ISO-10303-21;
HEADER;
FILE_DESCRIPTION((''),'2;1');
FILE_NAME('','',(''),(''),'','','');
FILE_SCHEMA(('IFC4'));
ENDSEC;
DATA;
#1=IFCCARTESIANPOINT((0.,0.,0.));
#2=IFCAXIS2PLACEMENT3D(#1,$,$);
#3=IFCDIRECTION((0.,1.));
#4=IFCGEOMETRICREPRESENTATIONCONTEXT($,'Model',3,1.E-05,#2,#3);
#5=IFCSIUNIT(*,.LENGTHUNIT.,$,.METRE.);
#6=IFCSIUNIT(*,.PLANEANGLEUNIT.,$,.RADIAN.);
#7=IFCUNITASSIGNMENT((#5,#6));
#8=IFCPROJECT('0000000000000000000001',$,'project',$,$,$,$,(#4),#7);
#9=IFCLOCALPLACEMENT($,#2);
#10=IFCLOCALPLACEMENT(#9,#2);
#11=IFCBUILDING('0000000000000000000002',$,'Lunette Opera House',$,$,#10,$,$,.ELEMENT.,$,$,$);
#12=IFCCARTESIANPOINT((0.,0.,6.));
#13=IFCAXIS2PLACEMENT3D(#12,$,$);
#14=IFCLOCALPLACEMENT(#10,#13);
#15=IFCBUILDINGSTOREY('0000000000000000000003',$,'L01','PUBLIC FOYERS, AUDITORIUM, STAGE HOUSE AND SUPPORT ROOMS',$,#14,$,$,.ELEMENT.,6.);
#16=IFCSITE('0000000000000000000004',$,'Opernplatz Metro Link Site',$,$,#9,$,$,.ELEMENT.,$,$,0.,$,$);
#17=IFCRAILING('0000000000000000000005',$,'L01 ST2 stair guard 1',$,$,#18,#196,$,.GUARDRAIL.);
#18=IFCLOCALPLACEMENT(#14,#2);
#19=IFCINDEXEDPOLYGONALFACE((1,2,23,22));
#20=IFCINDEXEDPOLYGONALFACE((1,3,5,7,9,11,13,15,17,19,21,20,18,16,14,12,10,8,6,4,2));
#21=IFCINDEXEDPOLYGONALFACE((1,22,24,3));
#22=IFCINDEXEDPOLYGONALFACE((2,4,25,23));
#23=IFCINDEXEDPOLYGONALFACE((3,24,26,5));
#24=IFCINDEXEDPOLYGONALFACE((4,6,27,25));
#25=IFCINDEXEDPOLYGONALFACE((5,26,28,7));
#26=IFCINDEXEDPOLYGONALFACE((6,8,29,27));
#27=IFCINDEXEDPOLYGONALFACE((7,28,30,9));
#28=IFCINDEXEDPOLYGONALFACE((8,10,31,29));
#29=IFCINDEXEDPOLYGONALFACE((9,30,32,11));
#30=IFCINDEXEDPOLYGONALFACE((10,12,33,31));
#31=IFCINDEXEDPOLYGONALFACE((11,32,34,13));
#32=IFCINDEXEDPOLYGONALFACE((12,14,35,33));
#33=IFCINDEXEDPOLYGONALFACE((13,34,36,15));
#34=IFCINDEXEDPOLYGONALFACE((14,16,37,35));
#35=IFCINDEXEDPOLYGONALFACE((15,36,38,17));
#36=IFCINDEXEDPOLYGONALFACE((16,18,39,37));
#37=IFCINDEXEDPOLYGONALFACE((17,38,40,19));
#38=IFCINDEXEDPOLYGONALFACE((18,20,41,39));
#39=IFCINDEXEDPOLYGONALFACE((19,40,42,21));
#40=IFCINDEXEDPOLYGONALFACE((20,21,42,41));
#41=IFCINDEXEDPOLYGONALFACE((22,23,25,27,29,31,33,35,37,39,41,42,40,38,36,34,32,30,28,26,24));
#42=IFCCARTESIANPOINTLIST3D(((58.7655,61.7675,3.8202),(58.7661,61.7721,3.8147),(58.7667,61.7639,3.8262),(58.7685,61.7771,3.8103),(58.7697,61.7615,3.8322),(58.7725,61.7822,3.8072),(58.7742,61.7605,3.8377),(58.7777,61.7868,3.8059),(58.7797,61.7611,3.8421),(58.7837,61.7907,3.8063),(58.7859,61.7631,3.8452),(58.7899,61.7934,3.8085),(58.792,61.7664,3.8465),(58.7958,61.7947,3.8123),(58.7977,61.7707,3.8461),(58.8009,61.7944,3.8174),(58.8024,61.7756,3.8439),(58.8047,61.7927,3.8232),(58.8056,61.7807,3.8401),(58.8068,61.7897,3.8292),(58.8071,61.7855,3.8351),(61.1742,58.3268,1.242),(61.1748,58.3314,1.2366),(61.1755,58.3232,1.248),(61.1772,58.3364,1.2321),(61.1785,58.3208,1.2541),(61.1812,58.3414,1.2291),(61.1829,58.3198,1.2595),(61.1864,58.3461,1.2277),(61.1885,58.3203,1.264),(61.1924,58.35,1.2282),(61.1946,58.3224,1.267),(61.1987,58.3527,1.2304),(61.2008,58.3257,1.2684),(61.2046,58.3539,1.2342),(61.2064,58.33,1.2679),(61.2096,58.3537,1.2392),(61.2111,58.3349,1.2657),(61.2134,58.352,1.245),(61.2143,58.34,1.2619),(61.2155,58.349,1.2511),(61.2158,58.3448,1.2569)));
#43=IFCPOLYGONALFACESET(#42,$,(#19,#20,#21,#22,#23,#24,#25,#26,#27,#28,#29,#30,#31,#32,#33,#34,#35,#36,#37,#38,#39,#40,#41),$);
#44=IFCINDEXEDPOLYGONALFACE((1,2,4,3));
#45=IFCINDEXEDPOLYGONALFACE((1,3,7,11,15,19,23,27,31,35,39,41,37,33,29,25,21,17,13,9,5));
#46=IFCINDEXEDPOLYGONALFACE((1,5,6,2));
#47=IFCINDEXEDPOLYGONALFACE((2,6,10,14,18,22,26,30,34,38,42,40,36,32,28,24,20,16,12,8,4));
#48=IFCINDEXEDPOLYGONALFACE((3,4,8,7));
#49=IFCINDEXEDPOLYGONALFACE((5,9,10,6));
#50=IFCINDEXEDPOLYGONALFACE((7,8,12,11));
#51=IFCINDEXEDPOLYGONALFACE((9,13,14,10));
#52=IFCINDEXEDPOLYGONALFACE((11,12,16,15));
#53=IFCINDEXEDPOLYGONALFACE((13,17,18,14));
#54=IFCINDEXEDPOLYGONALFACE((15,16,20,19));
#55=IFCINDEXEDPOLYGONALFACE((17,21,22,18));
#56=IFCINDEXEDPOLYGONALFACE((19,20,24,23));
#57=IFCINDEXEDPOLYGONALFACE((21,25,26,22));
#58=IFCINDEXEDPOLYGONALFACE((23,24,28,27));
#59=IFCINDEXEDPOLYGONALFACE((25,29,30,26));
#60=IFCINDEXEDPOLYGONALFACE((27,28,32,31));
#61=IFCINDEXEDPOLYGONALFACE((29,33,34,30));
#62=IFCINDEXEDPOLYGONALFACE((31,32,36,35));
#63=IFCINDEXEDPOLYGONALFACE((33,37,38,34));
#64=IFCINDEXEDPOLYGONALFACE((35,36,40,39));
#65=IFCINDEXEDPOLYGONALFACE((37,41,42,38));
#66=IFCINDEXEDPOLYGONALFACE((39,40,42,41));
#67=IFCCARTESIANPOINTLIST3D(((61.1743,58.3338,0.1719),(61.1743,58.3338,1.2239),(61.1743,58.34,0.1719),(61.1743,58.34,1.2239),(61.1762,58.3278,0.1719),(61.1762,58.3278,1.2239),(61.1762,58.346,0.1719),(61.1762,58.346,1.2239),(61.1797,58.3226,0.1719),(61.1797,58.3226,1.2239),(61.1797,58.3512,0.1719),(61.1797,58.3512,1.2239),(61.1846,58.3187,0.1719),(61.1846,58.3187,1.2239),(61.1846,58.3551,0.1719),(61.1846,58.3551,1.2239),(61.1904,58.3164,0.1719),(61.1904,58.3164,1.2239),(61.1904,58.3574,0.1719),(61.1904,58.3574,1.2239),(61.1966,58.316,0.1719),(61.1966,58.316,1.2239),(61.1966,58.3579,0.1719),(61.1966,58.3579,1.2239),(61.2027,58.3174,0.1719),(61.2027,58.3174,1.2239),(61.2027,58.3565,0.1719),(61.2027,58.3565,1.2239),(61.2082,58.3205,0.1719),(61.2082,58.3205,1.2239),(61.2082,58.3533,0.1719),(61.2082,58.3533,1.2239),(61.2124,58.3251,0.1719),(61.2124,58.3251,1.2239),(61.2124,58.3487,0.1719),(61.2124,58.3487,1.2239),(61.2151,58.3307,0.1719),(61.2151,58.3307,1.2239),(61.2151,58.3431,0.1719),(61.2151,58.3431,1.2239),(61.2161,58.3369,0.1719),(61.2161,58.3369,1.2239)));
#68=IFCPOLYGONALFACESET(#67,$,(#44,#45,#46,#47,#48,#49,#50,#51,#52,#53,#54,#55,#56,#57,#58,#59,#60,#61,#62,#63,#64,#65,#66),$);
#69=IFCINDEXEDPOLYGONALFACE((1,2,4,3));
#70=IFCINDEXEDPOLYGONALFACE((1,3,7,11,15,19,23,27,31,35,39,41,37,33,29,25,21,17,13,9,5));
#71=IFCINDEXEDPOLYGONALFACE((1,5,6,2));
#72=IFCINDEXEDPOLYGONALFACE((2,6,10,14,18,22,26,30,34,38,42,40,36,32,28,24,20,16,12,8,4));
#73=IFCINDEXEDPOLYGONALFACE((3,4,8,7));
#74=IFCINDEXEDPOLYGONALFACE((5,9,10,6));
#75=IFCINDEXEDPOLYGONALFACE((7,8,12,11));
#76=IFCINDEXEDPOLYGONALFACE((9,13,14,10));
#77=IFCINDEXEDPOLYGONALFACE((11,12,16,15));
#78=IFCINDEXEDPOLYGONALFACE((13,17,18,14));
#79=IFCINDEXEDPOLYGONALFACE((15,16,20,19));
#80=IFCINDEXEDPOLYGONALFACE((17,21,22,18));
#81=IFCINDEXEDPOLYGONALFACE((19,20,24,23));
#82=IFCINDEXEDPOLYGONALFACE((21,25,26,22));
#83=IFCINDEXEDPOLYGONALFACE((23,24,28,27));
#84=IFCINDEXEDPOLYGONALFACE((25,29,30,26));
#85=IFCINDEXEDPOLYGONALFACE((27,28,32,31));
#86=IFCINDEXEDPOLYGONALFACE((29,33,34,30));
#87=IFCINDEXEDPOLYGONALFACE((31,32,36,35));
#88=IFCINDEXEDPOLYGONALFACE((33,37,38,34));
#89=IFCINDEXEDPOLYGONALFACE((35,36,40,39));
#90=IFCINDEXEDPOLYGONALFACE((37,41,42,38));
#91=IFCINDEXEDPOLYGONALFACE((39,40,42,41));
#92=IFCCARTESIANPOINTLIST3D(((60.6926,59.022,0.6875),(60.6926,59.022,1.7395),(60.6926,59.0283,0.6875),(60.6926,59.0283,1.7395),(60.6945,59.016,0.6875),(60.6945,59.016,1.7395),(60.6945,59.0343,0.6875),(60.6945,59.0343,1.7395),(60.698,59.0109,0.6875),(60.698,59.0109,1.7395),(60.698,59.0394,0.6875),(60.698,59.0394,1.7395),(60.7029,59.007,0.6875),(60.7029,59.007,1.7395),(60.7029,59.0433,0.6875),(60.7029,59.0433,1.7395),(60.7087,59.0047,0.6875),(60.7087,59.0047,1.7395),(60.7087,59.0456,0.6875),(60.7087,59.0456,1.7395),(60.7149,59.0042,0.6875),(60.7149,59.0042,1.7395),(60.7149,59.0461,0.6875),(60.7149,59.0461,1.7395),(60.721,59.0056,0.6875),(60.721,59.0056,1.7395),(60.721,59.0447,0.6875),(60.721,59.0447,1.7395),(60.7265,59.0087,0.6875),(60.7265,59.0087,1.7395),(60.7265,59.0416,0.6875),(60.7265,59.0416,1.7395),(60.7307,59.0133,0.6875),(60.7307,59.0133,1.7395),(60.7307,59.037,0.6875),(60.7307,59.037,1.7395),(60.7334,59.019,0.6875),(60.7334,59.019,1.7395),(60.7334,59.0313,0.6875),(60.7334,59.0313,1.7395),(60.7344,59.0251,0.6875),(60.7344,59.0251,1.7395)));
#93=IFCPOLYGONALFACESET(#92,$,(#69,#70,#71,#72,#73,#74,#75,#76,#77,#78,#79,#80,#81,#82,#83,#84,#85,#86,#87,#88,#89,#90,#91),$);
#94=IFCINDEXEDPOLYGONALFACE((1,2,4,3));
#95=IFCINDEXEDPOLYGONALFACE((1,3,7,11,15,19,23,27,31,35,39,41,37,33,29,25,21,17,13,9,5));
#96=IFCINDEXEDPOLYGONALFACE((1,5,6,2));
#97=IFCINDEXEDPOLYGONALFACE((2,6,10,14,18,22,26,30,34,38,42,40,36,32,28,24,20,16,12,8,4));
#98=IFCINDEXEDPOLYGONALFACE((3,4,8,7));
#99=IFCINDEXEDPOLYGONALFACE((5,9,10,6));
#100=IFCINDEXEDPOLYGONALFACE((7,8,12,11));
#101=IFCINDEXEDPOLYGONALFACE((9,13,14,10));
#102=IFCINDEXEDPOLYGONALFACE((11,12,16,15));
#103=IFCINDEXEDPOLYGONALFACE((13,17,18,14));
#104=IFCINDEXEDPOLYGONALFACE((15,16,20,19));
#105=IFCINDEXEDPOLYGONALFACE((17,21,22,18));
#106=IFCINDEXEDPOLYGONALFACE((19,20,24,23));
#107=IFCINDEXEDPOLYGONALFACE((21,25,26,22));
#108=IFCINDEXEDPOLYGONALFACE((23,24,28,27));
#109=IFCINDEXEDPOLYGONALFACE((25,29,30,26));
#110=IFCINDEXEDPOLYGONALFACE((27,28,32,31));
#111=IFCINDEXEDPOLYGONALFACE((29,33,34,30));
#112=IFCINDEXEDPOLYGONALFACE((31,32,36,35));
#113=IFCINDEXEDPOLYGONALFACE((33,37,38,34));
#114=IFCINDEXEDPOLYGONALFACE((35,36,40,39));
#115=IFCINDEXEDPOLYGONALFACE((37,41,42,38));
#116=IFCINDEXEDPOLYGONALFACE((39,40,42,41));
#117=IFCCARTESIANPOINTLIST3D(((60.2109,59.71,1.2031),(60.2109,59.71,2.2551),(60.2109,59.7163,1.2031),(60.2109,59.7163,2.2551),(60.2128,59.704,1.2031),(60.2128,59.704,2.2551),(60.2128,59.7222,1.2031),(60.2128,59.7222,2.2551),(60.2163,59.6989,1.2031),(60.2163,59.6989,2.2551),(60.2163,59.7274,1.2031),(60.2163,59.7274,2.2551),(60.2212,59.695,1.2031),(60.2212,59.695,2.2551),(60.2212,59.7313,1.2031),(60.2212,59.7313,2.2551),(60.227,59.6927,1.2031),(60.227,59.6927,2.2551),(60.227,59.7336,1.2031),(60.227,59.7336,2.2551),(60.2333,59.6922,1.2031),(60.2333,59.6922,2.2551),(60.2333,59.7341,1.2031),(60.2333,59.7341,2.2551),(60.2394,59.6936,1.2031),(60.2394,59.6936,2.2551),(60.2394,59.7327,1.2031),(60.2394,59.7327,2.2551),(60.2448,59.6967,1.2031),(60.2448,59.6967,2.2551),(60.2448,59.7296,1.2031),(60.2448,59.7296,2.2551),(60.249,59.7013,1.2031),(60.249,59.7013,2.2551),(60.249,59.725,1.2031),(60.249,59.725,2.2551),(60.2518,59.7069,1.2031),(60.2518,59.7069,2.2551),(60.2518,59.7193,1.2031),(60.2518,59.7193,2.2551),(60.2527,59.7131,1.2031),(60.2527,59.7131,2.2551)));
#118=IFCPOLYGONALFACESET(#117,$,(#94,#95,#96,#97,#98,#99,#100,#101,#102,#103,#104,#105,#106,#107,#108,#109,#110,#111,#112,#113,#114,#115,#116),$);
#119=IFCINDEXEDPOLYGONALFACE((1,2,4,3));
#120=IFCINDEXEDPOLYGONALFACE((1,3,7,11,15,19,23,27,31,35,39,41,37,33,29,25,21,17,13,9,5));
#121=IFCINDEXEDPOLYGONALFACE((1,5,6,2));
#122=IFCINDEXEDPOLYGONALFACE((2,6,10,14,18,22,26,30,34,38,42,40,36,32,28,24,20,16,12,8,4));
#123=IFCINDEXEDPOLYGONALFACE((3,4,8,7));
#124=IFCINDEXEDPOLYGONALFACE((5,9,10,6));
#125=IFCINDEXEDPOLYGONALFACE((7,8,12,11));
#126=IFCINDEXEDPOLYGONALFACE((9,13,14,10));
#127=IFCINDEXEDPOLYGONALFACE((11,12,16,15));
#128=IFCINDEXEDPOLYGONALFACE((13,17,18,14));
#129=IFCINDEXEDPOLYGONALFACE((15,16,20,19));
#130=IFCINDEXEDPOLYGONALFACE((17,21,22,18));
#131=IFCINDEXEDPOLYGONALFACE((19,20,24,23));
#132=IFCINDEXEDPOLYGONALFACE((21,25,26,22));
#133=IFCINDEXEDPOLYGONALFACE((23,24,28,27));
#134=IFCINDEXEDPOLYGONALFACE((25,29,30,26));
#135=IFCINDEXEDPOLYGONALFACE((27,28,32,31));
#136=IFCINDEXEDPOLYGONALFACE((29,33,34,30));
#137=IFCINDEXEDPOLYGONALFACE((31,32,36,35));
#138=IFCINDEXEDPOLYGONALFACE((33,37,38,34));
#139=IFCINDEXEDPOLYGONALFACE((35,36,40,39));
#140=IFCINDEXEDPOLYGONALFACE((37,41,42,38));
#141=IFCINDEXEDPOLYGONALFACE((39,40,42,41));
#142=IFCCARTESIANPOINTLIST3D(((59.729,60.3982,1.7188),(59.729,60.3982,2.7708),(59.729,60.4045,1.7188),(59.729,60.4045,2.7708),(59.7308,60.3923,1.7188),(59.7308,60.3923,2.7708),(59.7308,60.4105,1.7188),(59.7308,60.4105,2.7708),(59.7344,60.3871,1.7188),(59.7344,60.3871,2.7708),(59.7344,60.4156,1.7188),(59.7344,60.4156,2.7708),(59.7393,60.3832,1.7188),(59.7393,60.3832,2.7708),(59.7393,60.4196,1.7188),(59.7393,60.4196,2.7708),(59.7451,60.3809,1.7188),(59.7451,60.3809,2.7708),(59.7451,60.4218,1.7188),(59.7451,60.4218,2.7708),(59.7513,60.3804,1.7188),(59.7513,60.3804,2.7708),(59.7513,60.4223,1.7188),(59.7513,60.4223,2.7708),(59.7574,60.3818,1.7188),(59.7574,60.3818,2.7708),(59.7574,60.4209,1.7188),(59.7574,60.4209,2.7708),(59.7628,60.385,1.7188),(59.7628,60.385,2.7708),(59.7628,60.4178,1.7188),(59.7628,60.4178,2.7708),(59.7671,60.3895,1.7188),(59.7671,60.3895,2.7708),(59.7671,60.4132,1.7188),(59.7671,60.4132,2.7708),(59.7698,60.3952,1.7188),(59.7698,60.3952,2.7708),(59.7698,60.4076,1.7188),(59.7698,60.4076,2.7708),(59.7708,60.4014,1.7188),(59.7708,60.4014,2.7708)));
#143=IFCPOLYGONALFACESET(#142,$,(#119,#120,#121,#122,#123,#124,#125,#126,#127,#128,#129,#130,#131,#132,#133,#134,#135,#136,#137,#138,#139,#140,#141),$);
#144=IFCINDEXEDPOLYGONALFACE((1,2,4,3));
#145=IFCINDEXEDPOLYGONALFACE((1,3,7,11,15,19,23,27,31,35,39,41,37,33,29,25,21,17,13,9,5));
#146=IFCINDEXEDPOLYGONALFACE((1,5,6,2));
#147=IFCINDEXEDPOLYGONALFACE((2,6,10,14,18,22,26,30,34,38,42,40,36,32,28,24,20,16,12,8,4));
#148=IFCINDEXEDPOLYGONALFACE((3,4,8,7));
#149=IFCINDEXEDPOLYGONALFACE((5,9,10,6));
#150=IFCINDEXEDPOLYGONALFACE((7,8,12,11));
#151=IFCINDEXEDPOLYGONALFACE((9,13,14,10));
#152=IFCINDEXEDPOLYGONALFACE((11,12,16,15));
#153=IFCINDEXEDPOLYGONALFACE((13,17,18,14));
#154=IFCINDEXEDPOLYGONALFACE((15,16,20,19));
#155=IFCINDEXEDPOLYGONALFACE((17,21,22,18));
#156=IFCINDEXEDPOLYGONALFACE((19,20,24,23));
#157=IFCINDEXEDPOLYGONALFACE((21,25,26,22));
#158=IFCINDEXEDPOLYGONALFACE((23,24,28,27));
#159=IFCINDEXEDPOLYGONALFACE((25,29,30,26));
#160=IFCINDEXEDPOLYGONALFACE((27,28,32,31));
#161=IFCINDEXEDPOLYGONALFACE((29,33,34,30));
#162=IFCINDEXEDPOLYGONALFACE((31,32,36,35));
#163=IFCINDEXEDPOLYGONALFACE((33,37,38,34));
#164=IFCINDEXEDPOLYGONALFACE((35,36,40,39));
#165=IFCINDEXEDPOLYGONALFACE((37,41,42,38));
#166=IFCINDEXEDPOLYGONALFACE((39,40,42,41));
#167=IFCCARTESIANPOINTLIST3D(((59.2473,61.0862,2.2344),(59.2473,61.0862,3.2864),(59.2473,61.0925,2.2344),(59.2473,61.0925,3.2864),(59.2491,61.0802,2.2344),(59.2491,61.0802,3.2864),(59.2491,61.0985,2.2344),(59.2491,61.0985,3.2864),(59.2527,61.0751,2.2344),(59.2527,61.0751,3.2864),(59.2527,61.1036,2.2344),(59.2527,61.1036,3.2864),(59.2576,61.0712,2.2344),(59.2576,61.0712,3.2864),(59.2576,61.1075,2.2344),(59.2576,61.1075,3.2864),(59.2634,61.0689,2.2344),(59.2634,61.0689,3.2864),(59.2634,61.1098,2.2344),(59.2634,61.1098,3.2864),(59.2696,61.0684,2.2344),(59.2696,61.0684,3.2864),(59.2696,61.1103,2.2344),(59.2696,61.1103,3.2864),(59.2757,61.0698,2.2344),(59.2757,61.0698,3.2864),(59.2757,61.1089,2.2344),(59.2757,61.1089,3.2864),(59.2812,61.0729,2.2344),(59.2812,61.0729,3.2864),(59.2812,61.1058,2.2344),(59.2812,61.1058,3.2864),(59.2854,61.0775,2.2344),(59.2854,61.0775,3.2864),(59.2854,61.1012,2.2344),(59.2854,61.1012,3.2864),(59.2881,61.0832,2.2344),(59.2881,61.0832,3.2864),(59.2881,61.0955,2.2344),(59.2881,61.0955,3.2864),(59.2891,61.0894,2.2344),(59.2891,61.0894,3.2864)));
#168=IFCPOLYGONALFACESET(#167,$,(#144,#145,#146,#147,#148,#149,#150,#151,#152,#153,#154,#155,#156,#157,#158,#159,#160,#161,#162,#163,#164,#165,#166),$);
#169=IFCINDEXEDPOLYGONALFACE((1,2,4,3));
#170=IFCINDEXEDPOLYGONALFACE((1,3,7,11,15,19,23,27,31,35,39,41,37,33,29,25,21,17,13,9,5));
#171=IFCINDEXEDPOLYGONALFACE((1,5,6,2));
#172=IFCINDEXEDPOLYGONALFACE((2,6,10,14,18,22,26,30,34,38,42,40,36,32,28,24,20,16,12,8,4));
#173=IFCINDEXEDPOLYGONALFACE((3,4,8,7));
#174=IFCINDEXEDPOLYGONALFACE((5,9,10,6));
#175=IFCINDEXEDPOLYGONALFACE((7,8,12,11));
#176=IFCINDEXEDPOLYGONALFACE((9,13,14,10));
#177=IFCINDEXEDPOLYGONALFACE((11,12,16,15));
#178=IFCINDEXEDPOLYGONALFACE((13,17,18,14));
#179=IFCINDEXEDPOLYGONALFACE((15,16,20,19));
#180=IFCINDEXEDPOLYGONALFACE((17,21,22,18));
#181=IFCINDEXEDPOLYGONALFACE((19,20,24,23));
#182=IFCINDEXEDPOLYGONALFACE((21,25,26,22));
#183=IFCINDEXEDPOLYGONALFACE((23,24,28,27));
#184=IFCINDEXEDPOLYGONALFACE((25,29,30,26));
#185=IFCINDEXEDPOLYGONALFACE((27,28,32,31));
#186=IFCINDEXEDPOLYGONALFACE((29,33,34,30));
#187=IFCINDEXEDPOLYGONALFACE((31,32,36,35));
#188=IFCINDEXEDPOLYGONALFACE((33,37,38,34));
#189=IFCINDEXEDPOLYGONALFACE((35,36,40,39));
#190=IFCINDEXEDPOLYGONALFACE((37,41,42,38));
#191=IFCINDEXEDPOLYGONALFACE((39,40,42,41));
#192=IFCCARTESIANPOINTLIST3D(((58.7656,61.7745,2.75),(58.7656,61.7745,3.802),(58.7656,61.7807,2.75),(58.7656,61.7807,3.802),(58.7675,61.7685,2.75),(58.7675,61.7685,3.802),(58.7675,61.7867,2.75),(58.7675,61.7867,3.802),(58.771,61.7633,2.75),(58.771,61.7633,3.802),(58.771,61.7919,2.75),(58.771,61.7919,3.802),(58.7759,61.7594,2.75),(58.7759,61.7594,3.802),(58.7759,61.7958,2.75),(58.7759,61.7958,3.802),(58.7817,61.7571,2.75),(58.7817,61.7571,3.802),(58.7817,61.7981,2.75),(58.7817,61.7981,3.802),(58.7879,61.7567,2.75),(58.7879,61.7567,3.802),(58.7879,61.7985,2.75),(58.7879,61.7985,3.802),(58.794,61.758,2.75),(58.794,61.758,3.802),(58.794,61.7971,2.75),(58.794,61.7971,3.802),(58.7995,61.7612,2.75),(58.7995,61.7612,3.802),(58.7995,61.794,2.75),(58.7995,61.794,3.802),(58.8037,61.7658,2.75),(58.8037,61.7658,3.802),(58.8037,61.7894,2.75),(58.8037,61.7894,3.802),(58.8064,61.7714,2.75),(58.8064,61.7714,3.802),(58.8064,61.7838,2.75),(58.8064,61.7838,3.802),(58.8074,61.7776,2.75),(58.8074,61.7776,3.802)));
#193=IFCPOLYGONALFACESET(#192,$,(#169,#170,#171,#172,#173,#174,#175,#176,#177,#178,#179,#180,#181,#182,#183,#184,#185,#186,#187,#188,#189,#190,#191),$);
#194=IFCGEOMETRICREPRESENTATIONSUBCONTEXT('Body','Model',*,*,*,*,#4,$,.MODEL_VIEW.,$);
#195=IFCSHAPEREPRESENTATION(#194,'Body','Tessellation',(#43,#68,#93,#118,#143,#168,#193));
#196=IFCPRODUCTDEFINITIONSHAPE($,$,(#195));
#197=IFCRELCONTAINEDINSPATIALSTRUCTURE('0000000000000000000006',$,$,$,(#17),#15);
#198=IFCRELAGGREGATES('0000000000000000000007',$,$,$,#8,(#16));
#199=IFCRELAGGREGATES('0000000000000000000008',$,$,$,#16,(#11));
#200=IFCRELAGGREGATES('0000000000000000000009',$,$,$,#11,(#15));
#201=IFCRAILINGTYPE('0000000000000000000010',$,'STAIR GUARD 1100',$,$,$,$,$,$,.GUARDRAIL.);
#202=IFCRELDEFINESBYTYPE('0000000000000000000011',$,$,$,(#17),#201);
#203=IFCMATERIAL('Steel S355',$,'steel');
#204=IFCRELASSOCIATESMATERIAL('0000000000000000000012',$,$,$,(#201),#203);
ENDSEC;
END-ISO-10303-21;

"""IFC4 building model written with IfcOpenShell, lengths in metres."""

from ifc_helpers import new_model, si_unit, direction, frame, origin, origin_2d, place, context, subcontext, project, spatial, circle, extrude, material, type_object, element, save


model = new_model("IFC4")

# Units and contexts
model_context = context("Model", 3, precision=1e-05, world=origin(), true_north=direction((0.0, 1.0)))
body_context = subcontext(model_context, "Body", "Model", "MODEL_VIEW")
ifc_project = project(units=[si_unit("LENGTHUNIT", "METRE"), si_unit("PLANEANGLEUNIT", "RADIAN")], contexts=[model_context])

# Site, building, storey
site_placement = place(None, origin())
site = spatial("IfcSite", under=ifc_project, at=site_placement, Name="Opernplatz Metro Link Site", CompositionType="ELEMENT", RefElevation=0.0)
building_placement = place(site_placement, origin())
building = spatial("IfcBuilding", under=site, at=building_placement, Name="Lunette Opera House", CompositionType="ELEMENT")
storey_placement = place(building_placement, frame((0.0, 0.0, 6.0)))
storey = spatial("IfcBuildingStorey", under=building, at=storey_placement, Name="L01", Description="PUBLIC FOYERS, AUDITORIUM, STAGE HOUSE AND SUPPORT ROOMS", CompositionType="ELEMENT", Elevation=6.0)

# Railing
ifc_material_1 = material(Name="Steel S355", Category="steel")
railing_type_1 = type_object("IfcRailingType", Name="STAIR GUARD 1100", PredefinedType="GUARDRAIL", material=ifc_material_1)
railing_1_placement = place(storey_placement, frame((61.1951, 58.3369, 0.1719)))
element("IfcRailing", 1, at=railing_1_placement, inside=storey, type_object=railing_type_1, Name="L01 ST2 stair guard 1", PredefinedType="GUARDRAIL", context=body_context, shape_type="SweptSolid", body=[
    extrude(circle(Radius=0.0239, at=origin_2d()), frame((0.0, 0.0, 1.0762), z_axis=(-0.488761, 0.698166, 0.523142), x_axis=(-0.819207, -0.573497, 0.0)), (0.0, 0.0, 1.0), 4.9282),
    extrude(circle(Radius=0.021, at=origin_2d()), origin(), (0.0, 0.0, 1.0), 1.052),
    extrude(circle(Radius=0.021, at=origin_2d()), frame((-0.4817, 0.6882, 0.5156)), (0.0, 0.0, 1.0), 1.052),
    extrude(circle(Radius=0.021, at=origin_2d()), frame((-0.9634, 1.3762, 1.0312)), (0.0, 0.0, 1.0), 1.052),
    extrude(circle(Radius=0.021, at=origin_2d()), frame((-1.4453, 2.0645, 1.5469)), (0.0, 0.0, 1.0), 1.052),
    extrude(circle(Radius=0.021, at=origin_2d()), frame((-1.927, 2.7524, 2.0625)), (0.0, 0.0, 1.0), 1.052),
    extrude(circle(Radius=0.021, at=origin_2d()), frame((-2.4087, 3.4407, 2.5781)), (0.0, 0.0, 1.0), 1.052),
])

save(model, "model.ifc")
